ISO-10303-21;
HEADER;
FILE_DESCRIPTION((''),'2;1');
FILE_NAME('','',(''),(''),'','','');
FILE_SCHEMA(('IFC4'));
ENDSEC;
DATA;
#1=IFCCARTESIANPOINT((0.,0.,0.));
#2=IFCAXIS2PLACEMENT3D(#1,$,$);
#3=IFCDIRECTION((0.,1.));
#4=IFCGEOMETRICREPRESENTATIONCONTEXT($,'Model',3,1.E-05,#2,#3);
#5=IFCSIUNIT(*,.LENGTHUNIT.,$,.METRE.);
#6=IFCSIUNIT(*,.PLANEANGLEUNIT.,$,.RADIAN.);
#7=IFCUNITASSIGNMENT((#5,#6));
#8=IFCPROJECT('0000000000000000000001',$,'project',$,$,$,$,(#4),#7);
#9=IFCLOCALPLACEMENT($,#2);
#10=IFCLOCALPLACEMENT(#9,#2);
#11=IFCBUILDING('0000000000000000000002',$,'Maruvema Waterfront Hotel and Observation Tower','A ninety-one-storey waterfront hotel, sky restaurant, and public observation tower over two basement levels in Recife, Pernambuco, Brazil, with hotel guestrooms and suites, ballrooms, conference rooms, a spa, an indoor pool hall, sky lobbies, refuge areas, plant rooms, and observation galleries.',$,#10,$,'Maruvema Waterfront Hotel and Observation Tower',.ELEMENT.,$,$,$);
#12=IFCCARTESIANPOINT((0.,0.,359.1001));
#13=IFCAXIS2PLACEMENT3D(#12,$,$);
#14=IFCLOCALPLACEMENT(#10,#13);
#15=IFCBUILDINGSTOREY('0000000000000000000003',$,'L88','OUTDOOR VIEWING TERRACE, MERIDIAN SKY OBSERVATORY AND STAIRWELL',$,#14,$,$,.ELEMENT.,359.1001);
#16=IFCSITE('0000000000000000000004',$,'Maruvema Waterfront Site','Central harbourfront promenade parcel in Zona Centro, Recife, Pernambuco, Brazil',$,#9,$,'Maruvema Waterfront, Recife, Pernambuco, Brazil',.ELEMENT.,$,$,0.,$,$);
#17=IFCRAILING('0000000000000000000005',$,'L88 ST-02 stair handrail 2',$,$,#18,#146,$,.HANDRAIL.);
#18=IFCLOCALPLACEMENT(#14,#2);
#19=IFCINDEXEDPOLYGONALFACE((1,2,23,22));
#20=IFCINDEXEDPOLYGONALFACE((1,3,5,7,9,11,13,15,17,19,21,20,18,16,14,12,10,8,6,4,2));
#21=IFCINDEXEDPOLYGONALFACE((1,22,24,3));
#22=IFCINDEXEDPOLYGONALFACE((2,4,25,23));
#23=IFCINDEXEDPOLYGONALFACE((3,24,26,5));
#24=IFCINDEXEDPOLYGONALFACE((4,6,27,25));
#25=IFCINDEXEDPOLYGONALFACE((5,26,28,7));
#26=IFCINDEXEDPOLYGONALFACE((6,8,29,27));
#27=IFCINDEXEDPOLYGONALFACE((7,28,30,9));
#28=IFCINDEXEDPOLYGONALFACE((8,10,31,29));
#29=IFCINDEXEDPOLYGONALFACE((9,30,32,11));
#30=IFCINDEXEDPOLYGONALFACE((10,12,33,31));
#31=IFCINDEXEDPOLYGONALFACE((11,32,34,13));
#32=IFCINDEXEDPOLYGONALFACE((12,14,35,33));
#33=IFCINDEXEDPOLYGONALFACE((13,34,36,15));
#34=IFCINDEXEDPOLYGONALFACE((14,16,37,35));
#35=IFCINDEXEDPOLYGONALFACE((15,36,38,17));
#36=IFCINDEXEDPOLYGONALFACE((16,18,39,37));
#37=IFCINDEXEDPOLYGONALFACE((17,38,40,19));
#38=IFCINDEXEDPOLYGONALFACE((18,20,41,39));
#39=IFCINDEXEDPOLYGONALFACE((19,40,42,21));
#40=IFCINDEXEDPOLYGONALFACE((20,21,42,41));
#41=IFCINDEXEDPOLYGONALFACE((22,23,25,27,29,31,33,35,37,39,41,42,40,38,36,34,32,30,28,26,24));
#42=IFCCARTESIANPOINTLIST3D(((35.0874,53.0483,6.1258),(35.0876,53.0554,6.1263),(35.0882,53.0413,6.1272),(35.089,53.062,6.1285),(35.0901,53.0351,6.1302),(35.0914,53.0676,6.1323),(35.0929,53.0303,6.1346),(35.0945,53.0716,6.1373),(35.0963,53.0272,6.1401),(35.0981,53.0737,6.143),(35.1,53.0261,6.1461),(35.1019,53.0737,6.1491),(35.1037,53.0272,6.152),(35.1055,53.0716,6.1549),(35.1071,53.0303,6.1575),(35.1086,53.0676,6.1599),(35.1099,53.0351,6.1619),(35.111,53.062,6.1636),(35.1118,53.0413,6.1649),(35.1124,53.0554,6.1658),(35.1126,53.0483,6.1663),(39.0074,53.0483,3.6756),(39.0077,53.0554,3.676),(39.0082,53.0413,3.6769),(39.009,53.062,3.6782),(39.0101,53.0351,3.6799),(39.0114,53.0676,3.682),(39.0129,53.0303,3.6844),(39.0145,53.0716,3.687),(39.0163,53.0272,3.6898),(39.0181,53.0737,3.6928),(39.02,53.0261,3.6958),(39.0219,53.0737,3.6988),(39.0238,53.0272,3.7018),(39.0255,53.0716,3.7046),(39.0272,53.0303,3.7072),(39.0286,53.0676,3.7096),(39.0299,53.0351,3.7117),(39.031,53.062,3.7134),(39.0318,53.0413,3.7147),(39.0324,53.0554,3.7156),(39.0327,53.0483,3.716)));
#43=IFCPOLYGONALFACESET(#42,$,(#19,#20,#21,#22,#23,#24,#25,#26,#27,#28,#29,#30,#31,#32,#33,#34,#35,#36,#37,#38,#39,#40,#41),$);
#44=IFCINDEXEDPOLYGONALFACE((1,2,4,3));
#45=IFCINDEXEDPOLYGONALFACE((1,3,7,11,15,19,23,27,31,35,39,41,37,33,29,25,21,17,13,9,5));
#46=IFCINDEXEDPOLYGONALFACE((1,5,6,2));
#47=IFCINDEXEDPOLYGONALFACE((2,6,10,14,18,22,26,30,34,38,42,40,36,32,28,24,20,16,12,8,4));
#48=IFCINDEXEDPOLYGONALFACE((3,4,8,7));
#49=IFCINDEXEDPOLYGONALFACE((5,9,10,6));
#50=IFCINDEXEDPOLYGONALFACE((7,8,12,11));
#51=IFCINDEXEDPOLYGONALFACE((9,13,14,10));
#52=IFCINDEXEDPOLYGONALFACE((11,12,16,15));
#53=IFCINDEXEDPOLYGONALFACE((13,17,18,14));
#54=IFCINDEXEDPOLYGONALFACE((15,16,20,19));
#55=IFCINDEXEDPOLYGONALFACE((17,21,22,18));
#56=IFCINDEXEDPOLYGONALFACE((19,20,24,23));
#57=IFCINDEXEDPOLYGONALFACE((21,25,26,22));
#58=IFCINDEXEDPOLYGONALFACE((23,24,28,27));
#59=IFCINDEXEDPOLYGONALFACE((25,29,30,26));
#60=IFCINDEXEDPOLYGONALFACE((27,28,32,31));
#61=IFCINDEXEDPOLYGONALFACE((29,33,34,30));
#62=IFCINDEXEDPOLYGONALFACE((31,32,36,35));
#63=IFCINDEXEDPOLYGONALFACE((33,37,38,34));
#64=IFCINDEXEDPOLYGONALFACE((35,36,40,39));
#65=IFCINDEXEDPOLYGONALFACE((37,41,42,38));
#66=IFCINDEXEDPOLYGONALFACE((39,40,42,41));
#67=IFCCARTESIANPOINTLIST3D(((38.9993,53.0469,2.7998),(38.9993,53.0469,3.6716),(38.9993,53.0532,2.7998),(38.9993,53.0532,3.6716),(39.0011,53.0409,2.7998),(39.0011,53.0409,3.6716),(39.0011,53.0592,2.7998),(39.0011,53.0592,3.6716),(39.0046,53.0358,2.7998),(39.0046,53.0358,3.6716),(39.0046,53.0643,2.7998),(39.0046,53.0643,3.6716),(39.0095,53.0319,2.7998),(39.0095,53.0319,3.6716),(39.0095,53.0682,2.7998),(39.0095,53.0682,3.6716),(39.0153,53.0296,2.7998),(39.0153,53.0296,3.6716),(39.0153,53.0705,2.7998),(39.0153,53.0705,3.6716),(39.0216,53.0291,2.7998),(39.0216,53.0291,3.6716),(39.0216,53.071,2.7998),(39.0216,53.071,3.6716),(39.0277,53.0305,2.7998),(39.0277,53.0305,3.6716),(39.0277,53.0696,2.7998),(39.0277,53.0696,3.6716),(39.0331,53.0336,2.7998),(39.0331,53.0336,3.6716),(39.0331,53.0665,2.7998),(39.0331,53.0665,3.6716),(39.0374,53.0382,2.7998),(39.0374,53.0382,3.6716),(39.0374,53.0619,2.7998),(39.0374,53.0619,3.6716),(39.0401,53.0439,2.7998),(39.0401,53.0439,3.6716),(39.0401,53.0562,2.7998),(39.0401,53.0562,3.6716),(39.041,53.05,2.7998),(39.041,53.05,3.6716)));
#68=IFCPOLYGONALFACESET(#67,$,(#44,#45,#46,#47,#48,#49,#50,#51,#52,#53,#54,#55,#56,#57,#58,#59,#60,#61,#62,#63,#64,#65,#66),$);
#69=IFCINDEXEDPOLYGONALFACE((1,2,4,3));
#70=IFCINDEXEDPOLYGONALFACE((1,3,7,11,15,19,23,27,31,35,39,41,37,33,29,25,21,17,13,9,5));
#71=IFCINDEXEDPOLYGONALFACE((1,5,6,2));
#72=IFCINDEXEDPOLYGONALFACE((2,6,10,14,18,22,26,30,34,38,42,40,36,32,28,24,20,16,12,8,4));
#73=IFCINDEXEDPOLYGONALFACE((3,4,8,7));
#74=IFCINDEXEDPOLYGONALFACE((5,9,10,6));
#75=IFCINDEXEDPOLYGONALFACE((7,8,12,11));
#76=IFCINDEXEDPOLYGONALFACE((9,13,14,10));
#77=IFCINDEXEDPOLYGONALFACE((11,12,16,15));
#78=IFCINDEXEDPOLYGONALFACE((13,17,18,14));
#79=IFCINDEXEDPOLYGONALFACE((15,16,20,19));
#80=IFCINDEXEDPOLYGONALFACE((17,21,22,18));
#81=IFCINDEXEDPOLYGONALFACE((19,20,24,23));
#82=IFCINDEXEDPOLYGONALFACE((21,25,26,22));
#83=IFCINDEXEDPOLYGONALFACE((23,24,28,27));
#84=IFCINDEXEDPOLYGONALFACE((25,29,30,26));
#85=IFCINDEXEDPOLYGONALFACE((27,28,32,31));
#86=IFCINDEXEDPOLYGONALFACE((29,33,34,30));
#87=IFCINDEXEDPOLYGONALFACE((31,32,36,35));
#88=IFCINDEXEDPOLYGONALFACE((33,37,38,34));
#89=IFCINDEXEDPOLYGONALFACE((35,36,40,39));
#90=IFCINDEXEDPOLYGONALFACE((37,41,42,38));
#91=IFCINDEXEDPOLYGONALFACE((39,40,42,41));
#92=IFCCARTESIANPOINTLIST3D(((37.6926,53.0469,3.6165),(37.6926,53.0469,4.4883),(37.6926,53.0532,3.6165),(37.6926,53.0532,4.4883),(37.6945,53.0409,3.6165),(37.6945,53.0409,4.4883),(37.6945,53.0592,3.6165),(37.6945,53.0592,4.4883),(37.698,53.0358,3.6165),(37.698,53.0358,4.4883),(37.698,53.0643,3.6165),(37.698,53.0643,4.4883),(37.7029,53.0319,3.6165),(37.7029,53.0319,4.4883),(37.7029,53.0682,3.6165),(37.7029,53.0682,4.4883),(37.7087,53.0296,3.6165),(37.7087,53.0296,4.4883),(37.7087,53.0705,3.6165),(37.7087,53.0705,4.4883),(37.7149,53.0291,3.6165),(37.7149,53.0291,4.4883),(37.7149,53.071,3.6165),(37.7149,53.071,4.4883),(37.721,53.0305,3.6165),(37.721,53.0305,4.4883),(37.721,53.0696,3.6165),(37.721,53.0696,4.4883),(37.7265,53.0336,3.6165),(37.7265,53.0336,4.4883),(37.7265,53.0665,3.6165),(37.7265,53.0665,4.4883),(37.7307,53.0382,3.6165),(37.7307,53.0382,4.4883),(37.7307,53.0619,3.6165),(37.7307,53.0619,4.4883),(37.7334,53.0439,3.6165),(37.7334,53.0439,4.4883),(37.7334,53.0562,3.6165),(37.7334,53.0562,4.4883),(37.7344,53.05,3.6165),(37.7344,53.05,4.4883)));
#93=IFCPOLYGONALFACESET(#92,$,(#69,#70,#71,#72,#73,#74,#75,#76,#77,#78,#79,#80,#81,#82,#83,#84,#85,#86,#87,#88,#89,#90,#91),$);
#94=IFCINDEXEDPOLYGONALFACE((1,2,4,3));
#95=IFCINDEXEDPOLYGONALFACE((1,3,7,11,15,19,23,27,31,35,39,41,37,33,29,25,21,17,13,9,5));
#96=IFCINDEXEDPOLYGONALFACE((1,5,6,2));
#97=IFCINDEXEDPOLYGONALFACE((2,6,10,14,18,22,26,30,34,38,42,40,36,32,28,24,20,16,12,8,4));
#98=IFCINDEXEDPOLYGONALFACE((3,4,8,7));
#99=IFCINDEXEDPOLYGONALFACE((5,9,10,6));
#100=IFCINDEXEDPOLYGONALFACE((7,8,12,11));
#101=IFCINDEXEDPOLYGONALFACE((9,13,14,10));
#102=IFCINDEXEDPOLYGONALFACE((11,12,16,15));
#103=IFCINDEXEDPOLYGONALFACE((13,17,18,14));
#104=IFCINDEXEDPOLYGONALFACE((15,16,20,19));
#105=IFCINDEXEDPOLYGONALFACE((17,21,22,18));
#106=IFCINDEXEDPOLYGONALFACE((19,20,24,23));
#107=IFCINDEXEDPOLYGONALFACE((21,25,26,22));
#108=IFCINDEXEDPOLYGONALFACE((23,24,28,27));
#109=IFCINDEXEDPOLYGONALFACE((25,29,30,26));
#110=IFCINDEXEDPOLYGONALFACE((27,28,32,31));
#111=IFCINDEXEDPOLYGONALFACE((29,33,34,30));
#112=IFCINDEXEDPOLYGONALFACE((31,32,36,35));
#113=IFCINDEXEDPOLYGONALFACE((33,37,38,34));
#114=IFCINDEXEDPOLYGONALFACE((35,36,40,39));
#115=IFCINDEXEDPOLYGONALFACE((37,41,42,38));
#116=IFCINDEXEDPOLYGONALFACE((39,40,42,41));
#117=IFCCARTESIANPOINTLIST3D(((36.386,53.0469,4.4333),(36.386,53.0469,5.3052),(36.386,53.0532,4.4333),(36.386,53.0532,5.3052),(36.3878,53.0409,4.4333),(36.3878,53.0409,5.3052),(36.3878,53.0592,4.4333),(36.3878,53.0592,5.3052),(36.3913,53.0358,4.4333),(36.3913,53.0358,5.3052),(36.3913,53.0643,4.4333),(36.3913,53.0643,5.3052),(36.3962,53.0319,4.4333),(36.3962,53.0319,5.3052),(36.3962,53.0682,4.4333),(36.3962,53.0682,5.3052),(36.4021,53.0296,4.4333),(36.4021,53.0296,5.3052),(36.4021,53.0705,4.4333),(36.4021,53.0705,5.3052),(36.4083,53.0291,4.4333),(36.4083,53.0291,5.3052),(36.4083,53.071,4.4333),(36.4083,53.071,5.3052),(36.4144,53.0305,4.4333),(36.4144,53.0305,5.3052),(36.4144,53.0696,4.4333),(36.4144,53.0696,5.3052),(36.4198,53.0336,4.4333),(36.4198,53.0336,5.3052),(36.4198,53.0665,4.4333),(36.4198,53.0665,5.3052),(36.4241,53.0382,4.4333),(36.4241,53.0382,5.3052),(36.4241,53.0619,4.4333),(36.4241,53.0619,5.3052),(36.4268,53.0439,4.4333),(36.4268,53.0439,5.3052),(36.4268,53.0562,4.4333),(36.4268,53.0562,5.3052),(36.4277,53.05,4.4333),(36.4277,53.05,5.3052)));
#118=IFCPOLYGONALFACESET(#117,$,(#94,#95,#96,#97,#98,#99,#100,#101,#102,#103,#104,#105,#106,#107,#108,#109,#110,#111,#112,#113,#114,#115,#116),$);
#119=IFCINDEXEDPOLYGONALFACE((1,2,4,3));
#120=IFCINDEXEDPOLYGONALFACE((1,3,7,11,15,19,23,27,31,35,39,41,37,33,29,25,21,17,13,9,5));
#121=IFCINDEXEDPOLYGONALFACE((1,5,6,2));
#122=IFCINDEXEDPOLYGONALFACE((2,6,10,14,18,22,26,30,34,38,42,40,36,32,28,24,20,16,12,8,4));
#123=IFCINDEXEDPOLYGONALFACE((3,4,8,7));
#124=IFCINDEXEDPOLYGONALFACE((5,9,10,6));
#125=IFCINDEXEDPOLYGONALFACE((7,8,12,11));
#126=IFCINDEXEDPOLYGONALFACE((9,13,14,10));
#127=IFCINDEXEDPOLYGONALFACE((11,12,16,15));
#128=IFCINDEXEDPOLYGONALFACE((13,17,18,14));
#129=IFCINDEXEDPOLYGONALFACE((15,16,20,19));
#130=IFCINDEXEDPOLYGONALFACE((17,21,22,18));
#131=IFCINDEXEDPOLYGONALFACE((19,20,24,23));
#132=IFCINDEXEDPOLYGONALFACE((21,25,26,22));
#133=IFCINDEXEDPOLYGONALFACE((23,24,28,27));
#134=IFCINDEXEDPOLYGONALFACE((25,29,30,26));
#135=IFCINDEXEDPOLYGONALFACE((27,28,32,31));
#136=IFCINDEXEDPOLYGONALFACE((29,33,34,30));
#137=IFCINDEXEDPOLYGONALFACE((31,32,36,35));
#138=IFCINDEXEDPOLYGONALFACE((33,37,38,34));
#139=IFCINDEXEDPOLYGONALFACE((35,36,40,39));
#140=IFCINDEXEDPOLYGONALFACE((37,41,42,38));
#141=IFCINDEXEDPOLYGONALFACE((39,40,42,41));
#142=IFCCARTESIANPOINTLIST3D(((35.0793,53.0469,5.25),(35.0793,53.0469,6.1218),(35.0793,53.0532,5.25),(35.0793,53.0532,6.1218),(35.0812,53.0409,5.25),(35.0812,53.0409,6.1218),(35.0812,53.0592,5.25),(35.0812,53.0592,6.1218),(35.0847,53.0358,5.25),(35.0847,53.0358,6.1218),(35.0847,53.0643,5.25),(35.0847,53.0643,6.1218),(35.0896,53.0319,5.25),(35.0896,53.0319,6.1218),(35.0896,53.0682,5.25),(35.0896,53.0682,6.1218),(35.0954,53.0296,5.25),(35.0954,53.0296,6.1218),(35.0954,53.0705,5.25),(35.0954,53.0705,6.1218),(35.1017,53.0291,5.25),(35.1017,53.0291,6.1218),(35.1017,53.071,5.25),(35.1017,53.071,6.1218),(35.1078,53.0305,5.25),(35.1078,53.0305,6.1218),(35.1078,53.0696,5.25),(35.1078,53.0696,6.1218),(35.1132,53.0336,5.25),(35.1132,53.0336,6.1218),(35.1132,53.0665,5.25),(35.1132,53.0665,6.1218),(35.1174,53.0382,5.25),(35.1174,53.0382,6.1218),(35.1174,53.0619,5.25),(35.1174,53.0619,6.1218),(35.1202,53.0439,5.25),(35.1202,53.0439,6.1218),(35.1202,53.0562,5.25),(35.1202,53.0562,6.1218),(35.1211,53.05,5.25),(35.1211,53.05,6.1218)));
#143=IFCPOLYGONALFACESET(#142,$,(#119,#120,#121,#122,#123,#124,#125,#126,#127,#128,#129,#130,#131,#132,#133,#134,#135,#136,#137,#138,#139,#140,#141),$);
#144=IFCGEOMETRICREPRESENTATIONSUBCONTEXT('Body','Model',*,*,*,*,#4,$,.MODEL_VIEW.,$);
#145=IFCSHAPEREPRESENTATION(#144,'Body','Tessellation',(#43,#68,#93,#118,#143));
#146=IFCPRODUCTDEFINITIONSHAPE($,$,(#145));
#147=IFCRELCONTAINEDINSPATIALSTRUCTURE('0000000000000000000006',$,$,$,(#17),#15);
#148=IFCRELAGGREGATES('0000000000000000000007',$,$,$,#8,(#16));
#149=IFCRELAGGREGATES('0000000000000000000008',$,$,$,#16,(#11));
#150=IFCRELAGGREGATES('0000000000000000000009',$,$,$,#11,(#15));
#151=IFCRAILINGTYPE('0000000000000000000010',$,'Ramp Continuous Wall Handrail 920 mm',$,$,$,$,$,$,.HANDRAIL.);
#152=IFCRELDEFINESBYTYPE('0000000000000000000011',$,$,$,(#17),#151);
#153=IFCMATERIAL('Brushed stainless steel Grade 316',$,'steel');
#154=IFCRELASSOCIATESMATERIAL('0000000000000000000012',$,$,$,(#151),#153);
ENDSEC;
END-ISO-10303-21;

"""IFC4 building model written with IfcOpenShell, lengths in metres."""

from ifc_helpers import new_model, si_unit, direction, frame, origin, origin_2d, place, context, subcontext, project, spatial, circle, extrude, material, type_object, element, save


model = new_model("IFC4")

# Units and contexts
model_context = context("Model", 3, precision=1e-05, world=origin(), true_north=direction((0.0, 1.0)))
body_context = subcontext(model_context, "Body", "Model", "MODEL_VIEW")
ifc_project = project(units=[si_unit("LENGTHUNIT", "METRE"), si_unit("PLANEANGLEUNIT", "RADIAN")], contexts=[model_context])

# Site, building, storey
site_placement = place(None, origin())
site = spatial("IfcSite", under=ifc_project, at=site_placement, Name="Maruvema Waterfront Site", Description="Central harbourfront promenade parcel in Zona Centro, Recife, Pernambuco, Brazil", LongName="Maruvema Waterfront, Recife, Pernambuco, Brazil", CompositionType="ELEMENT", RefElevation=0.0)
building_placement = place(site_placement, origin())
building = spatial("IfcBuilding", under=site, at=building_placement, Name="Maruvema Waterfront Hotel and Observation Tower", Description="A ninety-one-storey waterfront hotel, sky restaurant, and public observation tower over two basement levels in Recife, Pernambuco, Brazil, with hotel guestrooms and suites, ballrooms, conference rooms, a spa, an indoor pool hall, sky lobbies, refuge areas, plant rooms, and observation galleries.", LongName="Maruvema Waterfront Hotel and Observation Tower", CompositionType="ELEMENT")
storey_placement = place(building_placement, frame((0.0, 0.0, 359.1001)))
storey = spatial("IfcBuildingStorey", under=building, at=storey_placement, Name="L88", Description="OUTDOOR VIEWING TERRACE, MERIDIAN SKY OBSERVATORY AND STAIRWELL", CompositionType="ELEMENT", Elevation=359.1001)

# Railing
ifc_material_1 = material(Name="Brushed stainless steel Grade 316", Category="steel")
railing_type_1 = type_object("IfcRailingType", Name="Ramp Continuous Wall Handrail 920 mm", PredefinedType="HANDRAIL", material=ifc_material_1)
railing_1_placement = place(storey_placement, frame((39.02, 53.05, 2.7998)))
element("IfcRailing", 1, at=railing_1_placement, inside=storey, type_object=railing_type_1, Name="L88 ST-02 stair handrail 2", PredefinedType="HANDRAIL", context=body_context, shape_type="SweptSolid", body=[
    extrude(circle(Radius=0.0239, at=origin_2d()), frame((0.0, 0.0, 0.896), z_axis=(-0.847975, 0.0, 0.530037), x_axis=(0.0, -1.0, 0.0)), (0.0, 0.0, 1.0), 4.6228),
    extrude(circle(Radius=0.021, at=origin_2d()), origin(), (0.0, 0.0, 1.0), 0.8718),
    extrude(circle(Radius=0.021, at=origin_2d()), frame((-1.3066, 0.0, 0.8167)), (0.0, 0.0, 1.0), 0.8718),
    extrude(circle(Radius=0.021, at=origin_2d()), frame((-2.6133, 0.0, 1.6335)), (0.0, 0.0, 1.0), 0.8718),
    extrude(circle(Radius=0.021, at=origin_2d()), frame((-3.9199, 0.0, 2.4502)), (0.0, 0.0, 1.0), 0.8718),
])

save(model, "model.ifc")
